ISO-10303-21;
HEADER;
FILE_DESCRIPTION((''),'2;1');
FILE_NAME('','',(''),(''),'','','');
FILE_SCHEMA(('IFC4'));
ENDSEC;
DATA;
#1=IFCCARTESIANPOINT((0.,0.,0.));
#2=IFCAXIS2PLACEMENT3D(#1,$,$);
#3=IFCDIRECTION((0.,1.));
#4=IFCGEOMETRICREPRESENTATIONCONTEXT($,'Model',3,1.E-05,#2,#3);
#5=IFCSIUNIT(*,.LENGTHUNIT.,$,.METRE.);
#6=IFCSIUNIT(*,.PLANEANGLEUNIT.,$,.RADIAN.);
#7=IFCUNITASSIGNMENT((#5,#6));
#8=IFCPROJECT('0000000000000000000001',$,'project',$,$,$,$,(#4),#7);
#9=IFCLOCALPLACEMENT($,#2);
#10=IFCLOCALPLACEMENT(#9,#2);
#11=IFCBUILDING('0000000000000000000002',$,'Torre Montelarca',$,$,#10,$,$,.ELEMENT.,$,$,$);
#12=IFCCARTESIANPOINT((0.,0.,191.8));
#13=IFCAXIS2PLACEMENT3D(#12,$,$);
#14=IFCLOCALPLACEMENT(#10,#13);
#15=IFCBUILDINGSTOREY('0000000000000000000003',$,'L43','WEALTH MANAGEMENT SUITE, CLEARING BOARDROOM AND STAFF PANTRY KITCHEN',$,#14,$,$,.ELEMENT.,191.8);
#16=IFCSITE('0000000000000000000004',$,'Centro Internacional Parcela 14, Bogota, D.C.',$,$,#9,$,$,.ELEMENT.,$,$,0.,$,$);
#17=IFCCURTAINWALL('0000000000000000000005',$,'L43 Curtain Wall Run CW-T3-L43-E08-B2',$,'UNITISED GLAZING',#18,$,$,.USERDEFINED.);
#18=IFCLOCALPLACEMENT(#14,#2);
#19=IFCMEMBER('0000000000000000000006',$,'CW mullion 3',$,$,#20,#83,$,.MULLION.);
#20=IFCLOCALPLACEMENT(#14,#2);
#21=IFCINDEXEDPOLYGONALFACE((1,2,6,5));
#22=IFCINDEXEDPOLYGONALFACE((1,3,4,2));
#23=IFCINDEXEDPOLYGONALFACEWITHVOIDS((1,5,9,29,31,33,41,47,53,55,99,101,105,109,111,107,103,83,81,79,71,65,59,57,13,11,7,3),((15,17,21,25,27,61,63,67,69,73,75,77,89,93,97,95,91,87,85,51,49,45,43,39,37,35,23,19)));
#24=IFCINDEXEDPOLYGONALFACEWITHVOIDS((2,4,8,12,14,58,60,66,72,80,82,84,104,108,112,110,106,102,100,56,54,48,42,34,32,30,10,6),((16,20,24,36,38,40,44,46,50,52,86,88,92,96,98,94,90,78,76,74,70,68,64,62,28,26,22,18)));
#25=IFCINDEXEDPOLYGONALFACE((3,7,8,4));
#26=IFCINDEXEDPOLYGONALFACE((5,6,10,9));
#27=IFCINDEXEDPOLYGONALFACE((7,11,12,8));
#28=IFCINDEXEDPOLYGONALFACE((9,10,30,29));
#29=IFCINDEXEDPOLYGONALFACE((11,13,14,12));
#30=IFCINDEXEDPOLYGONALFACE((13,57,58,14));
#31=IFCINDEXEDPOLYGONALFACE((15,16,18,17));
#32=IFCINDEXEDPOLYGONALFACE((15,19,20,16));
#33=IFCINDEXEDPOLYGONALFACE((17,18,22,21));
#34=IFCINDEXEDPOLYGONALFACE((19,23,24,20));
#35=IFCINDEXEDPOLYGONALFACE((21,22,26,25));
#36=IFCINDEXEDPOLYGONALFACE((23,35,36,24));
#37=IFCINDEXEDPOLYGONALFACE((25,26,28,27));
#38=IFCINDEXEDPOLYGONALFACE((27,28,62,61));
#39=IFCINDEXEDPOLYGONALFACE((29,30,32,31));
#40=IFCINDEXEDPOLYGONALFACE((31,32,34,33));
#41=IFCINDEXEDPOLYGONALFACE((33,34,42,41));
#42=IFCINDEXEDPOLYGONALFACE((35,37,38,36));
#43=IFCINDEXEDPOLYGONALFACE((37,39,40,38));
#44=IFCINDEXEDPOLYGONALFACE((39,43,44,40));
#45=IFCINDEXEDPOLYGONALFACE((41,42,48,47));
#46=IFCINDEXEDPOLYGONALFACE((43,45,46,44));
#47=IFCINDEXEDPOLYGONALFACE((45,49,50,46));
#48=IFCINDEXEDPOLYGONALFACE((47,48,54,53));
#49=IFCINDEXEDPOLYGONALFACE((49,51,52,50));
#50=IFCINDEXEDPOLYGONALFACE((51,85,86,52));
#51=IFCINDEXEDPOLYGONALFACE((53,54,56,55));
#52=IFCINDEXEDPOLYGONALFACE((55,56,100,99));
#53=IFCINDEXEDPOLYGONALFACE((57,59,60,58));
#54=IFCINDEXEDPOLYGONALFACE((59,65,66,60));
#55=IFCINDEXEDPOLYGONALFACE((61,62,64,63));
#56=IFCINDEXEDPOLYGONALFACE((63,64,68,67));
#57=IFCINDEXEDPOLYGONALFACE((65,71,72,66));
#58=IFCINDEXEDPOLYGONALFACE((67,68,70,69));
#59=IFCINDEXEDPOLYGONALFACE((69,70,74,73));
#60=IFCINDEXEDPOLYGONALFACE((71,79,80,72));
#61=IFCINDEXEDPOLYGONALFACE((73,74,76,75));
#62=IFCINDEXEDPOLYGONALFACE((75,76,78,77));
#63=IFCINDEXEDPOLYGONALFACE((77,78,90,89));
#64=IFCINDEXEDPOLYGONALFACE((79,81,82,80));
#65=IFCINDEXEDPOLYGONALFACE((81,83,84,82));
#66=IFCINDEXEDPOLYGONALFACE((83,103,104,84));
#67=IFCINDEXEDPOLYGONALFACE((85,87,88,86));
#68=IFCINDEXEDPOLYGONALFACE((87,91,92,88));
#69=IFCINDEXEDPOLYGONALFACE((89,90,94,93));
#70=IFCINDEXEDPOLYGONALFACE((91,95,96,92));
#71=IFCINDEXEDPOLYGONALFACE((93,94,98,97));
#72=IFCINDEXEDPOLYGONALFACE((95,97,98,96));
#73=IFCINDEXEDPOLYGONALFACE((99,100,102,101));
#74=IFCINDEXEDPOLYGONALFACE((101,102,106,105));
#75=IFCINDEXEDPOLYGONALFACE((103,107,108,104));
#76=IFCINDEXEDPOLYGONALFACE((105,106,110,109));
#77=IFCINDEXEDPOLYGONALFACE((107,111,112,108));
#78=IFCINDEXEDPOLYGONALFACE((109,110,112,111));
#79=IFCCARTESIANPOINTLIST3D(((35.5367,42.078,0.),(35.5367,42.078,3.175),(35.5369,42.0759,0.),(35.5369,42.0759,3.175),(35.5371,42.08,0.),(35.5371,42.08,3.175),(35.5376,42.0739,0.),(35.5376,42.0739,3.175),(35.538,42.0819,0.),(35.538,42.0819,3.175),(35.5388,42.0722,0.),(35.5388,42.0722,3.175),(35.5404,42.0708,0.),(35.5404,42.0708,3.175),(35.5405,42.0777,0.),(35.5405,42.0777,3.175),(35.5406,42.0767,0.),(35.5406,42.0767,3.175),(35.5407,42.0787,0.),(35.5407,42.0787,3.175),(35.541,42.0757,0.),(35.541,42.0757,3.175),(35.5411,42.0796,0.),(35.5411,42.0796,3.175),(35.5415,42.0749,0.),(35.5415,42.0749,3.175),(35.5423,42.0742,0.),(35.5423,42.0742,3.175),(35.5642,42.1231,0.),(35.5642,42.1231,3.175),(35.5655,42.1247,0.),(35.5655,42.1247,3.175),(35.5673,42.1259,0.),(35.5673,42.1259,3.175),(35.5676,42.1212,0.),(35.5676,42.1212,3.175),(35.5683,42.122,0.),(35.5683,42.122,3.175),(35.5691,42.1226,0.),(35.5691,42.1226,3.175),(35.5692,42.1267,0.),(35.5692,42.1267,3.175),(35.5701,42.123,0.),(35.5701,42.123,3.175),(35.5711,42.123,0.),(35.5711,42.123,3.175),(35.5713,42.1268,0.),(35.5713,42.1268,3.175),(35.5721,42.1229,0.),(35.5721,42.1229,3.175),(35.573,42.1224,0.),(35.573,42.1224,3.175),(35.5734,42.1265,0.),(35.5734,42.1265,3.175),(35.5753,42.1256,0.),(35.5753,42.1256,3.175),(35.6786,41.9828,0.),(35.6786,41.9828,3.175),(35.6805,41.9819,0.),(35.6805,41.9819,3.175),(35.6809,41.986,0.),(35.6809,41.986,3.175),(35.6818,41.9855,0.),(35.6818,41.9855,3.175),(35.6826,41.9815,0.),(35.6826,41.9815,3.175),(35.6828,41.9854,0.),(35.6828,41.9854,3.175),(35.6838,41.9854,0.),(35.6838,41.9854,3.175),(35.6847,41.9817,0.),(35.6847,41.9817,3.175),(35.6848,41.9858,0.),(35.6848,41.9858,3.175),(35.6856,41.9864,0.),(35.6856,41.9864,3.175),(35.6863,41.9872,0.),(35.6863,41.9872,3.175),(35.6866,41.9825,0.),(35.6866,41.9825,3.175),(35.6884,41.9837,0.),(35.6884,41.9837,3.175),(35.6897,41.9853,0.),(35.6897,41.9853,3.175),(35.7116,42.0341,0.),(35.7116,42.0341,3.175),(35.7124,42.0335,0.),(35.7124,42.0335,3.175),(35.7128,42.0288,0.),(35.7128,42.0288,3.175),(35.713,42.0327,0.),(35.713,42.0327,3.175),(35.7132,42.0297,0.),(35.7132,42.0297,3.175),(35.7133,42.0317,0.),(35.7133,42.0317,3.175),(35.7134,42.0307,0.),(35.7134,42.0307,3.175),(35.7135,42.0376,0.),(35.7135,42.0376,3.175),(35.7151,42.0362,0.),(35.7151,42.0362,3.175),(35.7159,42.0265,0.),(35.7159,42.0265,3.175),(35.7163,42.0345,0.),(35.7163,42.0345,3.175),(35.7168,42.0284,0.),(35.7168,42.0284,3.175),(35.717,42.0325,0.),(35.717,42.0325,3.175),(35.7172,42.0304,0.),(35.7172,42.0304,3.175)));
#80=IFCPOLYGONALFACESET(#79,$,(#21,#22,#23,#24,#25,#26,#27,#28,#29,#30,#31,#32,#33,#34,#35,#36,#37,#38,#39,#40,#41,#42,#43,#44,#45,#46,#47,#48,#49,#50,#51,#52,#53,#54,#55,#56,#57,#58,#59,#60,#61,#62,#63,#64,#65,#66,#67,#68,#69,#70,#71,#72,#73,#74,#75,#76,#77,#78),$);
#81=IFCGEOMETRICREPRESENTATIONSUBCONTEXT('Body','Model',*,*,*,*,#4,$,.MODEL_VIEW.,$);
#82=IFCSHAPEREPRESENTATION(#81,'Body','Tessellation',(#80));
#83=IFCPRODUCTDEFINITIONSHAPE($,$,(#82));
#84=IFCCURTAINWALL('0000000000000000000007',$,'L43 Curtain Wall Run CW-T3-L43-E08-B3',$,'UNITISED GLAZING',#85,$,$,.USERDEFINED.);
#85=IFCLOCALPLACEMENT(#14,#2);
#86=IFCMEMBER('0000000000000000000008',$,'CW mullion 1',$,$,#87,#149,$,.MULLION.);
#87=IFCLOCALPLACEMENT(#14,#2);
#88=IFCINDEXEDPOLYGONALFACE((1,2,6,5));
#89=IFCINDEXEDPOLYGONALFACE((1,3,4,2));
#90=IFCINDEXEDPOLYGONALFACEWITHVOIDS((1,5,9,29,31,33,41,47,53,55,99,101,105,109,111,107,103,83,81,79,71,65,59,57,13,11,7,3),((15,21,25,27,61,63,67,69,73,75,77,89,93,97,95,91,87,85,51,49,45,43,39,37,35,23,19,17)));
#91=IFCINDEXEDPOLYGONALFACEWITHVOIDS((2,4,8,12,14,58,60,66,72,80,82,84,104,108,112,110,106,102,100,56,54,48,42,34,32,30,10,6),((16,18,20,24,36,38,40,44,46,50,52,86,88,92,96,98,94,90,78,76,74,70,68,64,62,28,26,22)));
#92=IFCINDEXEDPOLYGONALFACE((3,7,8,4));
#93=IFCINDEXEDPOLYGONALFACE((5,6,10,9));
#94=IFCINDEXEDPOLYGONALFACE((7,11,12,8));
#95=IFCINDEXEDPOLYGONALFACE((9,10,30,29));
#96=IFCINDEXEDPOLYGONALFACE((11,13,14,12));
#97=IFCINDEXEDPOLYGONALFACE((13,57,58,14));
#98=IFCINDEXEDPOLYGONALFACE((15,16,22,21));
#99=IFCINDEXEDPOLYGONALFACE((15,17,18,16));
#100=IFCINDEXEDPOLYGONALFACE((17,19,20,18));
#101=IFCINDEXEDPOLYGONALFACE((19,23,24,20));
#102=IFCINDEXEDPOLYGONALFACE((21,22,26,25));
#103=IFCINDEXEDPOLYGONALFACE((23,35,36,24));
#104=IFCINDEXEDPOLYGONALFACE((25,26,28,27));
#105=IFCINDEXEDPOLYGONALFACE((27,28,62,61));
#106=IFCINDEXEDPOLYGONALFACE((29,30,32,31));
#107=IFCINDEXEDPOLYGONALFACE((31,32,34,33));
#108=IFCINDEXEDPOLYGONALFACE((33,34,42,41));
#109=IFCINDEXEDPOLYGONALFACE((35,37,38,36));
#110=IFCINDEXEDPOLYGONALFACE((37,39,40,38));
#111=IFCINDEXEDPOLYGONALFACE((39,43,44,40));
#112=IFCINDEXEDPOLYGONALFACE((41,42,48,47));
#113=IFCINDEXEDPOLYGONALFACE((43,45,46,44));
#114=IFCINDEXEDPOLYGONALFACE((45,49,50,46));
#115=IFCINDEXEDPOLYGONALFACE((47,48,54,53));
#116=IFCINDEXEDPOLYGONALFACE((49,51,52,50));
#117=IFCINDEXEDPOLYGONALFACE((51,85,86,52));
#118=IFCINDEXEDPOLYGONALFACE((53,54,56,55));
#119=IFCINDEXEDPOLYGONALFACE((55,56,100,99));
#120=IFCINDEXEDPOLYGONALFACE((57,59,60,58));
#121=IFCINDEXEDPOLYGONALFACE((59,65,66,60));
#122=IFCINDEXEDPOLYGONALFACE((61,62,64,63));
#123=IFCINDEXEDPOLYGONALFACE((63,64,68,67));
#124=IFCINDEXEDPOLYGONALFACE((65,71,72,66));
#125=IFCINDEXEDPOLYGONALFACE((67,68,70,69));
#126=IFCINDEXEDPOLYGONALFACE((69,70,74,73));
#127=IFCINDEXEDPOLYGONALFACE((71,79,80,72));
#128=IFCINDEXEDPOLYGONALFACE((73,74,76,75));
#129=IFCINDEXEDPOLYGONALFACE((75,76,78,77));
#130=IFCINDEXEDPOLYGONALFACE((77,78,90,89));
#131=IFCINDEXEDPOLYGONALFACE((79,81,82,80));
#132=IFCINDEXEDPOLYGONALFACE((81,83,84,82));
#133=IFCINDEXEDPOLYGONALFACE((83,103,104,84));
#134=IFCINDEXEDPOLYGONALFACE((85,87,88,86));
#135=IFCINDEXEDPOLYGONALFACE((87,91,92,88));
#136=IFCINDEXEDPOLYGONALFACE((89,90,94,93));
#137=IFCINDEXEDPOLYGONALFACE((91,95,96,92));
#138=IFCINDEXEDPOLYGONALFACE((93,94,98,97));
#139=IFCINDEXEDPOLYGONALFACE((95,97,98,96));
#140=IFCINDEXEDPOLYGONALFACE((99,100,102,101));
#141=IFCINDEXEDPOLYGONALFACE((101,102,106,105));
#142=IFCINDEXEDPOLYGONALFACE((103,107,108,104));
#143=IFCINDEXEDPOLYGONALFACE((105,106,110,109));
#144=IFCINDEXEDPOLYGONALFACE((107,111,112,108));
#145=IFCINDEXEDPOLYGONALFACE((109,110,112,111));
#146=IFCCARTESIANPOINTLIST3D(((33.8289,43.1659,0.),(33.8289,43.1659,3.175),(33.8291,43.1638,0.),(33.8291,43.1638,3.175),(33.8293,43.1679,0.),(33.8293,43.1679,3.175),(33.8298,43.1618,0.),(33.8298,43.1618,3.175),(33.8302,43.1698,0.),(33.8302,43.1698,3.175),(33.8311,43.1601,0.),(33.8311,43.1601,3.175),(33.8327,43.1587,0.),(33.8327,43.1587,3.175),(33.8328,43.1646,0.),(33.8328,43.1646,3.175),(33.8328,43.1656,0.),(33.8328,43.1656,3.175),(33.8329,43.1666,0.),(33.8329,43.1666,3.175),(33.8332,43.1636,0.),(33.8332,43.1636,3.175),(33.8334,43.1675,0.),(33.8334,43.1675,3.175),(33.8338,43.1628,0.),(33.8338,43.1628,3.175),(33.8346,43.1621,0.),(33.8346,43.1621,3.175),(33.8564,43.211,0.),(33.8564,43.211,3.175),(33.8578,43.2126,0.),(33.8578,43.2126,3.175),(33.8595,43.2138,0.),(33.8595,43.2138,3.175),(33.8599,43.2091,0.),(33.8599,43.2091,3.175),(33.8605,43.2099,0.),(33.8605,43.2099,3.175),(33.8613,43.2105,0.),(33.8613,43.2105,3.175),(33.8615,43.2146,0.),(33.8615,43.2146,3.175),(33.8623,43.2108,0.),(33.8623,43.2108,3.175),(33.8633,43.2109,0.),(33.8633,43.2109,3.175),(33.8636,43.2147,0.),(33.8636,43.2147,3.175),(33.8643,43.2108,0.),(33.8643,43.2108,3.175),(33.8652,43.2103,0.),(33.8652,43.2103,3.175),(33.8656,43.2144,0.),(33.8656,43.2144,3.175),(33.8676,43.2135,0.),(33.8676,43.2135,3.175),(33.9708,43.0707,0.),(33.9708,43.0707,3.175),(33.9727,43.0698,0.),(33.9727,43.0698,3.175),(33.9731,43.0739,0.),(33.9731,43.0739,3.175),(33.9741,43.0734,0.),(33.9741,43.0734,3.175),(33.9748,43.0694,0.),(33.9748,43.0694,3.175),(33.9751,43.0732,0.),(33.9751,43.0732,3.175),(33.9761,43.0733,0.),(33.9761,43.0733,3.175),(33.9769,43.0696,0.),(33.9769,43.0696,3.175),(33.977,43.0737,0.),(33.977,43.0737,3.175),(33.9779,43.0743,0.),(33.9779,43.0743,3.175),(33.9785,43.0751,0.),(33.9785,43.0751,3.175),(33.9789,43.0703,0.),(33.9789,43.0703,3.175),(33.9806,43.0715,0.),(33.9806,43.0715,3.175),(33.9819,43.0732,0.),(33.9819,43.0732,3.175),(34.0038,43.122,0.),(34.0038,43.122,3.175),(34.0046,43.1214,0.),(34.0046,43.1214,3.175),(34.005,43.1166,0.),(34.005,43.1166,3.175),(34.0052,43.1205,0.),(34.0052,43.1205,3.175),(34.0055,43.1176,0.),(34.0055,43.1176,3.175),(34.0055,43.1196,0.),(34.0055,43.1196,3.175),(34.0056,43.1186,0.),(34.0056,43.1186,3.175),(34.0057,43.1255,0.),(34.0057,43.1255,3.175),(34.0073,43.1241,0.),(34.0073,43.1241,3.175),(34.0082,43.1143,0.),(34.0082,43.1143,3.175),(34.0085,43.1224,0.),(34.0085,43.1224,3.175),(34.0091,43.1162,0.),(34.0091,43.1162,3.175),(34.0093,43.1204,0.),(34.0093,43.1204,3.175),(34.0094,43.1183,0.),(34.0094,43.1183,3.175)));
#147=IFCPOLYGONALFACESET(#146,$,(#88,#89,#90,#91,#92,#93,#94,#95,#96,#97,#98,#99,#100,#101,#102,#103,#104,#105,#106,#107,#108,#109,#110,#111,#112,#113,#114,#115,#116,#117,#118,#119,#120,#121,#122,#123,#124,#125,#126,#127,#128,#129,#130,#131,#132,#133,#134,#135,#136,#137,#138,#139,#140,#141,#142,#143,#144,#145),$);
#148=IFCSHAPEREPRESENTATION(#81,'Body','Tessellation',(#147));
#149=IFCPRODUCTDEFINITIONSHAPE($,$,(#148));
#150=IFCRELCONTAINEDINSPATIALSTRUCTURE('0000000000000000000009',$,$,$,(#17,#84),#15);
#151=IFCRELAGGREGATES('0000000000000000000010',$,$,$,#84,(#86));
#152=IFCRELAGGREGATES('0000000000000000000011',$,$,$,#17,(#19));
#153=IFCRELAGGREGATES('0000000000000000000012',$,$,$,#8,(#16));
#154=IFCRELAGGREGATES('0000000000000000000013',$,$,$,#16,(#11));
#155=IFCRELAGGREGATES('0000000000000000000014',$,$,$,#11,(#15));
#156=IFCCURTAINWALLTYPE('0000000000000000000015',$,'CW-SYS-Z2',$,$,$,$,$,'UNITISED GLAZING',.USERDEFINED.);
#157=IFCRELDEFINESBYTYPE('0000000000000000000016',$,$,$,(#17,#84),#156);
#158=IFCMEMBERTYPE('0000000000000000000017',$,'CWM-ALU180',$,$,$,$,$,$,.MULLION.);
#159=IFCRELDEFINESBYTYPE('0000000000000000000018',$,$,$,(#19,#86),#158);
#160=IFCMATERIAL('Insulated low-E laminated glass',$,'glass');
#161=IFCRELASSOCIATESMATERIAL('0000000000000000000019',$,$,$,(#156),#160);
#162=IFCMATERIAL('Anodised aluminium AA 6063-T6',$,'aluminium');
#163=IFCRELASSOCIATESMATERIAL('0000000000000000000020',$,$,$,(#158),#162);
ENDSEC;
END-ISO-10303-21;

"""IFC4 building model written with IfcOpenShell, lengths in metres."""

from ifc_helpers import new_model, si_unit, direction, frame, origin, origin_2d, place, context, subcontext, project, spatial, hollow_rectangle, extrude, source, transform, mapped, material, material_profile, profile_set, type_object, element, aggregate, save


model = new_model("IFC4")

# Units and contexts
model_context = context("Model", 3, precision=1e-05, world=origin(), true_north=direction((0.0, 1.0)))
body_context = subcontext(model_context, "Body", "Model", "MODEL_VIEW")
ifc_project = project(units=[si_unit("LENGTHUNIT", "METRE"), si_unit("PLANEANGLEUNIT", "RADIAN")], contexts=[model_context])

# Site, building, storey
site_placement = place(None, origin())
site = spatial("IfcSite", under=ifc_project, at=site_placement, Name="Centro Internacional Parcela 14, Bogota, D.C.", CompositionType="ELEMENT", RefElevation=0.0)
building_placement = place(site_placement, origin())
building = spatial("IfcBuilding", under=site, at=building_placement, Name="Torre Montelarca", CompositionType="ELEMENT")
storey_placement = place(building_placement, frame((0.0, 0.0, 191.8)))
storey = spatial("IfcBuildingStorey", under=building, at=storey_placement, Name="L43", Description="WEALTH MANAGEMENT SUITE, CLEARING BOARDROOM AND STAFF PANTRY KITCHEN", CompositionType="ELEMENT", Elevation=191.8)

# Curtain wall, member
ifc_material_1 = material(Name="Insulated low-E laminated glass", Category="glass")
curtain_wall_type = type_object("IfcCurtainWallType", Name="CW-SYS-Z2", ElementType="UNITISED GLAZING", PredefinedType="USERDEFINED", material=ifc_material_1)
ifc_material_2 = material(Name="Anodised aluminium AA 6063-T6", Category="aluminium")
ifc_material_profile_1 = material_profile(ifc_material_2, hollow_rectangle(XDim=0.0649, YDim=0.1799, WallThickness=0.0039, InnerFilletRadius=0.0039, OuterFilletRadius=0.0081, at=origin_2d()), Name="ALU65X180X4", Category="aluminium")
ifc_profile_set_1 = profile_set([ifc_material_profile_1], Name="Anodised aluminium AA 6063-T6")
member_type_1 = type_object("IfcMemberType", Name="CWM-ALU180", PredefinedType="MULLION", material=ifc_profile_set_1)
shared_shape_1 = source(origin(), body_context, "Body", "SweptSolid", [
    extrude(hollow_rectangle(XDim=0.0649, YDim=0.1799, WallThickness=0.0039, InnerFilletRadius=0.0039, OuterFilletRadius=0.0081, at=origin_2d()), origin(), (0.0, 0.0, 1.0), 3.175),
])
curtain_wall_1_placement = place(storey_placement, origin())
curtain_wall_1 = element("IfcCurtainWall", 1, at=curtain_wall_1_placement, inside=storey, type_object=curtain_wall_type, Name="L43 Curtain Wall Run CW-T3-L43-E08-B2", ObjectType="UNITISED GLAZING", PredefinedType="USERDEFINED")
member_1_placement = place(storey_placement, frame((35.627, 42.0542, 0.0), z_axis=(0.0, 0.0, 1.0), x_axis=(-0.537299, -0.843392, 0.0)))
member_1 = element("IfcMember", 2, at=member_1_placement, type_object=member_type_1, Name="CW mullion 3", PredefinedType="MULLION", context=body_context, shape_type="MappedRepresentation", body=[
    mapped(shared_shape_1, transform((0.0, 0.0, 0.0), scale=1.0)),
])

# Curtain wall, member
curtain_wall_2_placement = place(storey_placement, origin())
curtain_wall_2 = element("IfcCurtainWall", 3, at=curtain_wall_2_placement, inside=storey, type_object=curtain_wall_type, Name="L43 Curtain Wall Run CW-T3-L43-E08-B3", ObjectType="UNITISED GLAZING", PredefinedType="USERDEFINED")
member_2_placement = place(storey_placement, frame((33.9192, 43.1421, 0.0), z_axis=(0.0, 0.0, 1.0), x_axis=(-0.537298, -0.843393, 0.0)))
member_2 = element("IfcMember", 4, at=member_2_placement, type_object=member_type_1, Name="CW mullion 1", PredefinedType="MULLION", context=body_context, shape_type="MappedRepresentation", body=[
    mapped(shared_shape_1, transform((0.0, 0.0, 0.0), scale=1.0)),
])
aggregate(curtain_wall_2, [member_2])

aggregate(curtain_wall_1, [member_1])

save(model, "model.ifc")
